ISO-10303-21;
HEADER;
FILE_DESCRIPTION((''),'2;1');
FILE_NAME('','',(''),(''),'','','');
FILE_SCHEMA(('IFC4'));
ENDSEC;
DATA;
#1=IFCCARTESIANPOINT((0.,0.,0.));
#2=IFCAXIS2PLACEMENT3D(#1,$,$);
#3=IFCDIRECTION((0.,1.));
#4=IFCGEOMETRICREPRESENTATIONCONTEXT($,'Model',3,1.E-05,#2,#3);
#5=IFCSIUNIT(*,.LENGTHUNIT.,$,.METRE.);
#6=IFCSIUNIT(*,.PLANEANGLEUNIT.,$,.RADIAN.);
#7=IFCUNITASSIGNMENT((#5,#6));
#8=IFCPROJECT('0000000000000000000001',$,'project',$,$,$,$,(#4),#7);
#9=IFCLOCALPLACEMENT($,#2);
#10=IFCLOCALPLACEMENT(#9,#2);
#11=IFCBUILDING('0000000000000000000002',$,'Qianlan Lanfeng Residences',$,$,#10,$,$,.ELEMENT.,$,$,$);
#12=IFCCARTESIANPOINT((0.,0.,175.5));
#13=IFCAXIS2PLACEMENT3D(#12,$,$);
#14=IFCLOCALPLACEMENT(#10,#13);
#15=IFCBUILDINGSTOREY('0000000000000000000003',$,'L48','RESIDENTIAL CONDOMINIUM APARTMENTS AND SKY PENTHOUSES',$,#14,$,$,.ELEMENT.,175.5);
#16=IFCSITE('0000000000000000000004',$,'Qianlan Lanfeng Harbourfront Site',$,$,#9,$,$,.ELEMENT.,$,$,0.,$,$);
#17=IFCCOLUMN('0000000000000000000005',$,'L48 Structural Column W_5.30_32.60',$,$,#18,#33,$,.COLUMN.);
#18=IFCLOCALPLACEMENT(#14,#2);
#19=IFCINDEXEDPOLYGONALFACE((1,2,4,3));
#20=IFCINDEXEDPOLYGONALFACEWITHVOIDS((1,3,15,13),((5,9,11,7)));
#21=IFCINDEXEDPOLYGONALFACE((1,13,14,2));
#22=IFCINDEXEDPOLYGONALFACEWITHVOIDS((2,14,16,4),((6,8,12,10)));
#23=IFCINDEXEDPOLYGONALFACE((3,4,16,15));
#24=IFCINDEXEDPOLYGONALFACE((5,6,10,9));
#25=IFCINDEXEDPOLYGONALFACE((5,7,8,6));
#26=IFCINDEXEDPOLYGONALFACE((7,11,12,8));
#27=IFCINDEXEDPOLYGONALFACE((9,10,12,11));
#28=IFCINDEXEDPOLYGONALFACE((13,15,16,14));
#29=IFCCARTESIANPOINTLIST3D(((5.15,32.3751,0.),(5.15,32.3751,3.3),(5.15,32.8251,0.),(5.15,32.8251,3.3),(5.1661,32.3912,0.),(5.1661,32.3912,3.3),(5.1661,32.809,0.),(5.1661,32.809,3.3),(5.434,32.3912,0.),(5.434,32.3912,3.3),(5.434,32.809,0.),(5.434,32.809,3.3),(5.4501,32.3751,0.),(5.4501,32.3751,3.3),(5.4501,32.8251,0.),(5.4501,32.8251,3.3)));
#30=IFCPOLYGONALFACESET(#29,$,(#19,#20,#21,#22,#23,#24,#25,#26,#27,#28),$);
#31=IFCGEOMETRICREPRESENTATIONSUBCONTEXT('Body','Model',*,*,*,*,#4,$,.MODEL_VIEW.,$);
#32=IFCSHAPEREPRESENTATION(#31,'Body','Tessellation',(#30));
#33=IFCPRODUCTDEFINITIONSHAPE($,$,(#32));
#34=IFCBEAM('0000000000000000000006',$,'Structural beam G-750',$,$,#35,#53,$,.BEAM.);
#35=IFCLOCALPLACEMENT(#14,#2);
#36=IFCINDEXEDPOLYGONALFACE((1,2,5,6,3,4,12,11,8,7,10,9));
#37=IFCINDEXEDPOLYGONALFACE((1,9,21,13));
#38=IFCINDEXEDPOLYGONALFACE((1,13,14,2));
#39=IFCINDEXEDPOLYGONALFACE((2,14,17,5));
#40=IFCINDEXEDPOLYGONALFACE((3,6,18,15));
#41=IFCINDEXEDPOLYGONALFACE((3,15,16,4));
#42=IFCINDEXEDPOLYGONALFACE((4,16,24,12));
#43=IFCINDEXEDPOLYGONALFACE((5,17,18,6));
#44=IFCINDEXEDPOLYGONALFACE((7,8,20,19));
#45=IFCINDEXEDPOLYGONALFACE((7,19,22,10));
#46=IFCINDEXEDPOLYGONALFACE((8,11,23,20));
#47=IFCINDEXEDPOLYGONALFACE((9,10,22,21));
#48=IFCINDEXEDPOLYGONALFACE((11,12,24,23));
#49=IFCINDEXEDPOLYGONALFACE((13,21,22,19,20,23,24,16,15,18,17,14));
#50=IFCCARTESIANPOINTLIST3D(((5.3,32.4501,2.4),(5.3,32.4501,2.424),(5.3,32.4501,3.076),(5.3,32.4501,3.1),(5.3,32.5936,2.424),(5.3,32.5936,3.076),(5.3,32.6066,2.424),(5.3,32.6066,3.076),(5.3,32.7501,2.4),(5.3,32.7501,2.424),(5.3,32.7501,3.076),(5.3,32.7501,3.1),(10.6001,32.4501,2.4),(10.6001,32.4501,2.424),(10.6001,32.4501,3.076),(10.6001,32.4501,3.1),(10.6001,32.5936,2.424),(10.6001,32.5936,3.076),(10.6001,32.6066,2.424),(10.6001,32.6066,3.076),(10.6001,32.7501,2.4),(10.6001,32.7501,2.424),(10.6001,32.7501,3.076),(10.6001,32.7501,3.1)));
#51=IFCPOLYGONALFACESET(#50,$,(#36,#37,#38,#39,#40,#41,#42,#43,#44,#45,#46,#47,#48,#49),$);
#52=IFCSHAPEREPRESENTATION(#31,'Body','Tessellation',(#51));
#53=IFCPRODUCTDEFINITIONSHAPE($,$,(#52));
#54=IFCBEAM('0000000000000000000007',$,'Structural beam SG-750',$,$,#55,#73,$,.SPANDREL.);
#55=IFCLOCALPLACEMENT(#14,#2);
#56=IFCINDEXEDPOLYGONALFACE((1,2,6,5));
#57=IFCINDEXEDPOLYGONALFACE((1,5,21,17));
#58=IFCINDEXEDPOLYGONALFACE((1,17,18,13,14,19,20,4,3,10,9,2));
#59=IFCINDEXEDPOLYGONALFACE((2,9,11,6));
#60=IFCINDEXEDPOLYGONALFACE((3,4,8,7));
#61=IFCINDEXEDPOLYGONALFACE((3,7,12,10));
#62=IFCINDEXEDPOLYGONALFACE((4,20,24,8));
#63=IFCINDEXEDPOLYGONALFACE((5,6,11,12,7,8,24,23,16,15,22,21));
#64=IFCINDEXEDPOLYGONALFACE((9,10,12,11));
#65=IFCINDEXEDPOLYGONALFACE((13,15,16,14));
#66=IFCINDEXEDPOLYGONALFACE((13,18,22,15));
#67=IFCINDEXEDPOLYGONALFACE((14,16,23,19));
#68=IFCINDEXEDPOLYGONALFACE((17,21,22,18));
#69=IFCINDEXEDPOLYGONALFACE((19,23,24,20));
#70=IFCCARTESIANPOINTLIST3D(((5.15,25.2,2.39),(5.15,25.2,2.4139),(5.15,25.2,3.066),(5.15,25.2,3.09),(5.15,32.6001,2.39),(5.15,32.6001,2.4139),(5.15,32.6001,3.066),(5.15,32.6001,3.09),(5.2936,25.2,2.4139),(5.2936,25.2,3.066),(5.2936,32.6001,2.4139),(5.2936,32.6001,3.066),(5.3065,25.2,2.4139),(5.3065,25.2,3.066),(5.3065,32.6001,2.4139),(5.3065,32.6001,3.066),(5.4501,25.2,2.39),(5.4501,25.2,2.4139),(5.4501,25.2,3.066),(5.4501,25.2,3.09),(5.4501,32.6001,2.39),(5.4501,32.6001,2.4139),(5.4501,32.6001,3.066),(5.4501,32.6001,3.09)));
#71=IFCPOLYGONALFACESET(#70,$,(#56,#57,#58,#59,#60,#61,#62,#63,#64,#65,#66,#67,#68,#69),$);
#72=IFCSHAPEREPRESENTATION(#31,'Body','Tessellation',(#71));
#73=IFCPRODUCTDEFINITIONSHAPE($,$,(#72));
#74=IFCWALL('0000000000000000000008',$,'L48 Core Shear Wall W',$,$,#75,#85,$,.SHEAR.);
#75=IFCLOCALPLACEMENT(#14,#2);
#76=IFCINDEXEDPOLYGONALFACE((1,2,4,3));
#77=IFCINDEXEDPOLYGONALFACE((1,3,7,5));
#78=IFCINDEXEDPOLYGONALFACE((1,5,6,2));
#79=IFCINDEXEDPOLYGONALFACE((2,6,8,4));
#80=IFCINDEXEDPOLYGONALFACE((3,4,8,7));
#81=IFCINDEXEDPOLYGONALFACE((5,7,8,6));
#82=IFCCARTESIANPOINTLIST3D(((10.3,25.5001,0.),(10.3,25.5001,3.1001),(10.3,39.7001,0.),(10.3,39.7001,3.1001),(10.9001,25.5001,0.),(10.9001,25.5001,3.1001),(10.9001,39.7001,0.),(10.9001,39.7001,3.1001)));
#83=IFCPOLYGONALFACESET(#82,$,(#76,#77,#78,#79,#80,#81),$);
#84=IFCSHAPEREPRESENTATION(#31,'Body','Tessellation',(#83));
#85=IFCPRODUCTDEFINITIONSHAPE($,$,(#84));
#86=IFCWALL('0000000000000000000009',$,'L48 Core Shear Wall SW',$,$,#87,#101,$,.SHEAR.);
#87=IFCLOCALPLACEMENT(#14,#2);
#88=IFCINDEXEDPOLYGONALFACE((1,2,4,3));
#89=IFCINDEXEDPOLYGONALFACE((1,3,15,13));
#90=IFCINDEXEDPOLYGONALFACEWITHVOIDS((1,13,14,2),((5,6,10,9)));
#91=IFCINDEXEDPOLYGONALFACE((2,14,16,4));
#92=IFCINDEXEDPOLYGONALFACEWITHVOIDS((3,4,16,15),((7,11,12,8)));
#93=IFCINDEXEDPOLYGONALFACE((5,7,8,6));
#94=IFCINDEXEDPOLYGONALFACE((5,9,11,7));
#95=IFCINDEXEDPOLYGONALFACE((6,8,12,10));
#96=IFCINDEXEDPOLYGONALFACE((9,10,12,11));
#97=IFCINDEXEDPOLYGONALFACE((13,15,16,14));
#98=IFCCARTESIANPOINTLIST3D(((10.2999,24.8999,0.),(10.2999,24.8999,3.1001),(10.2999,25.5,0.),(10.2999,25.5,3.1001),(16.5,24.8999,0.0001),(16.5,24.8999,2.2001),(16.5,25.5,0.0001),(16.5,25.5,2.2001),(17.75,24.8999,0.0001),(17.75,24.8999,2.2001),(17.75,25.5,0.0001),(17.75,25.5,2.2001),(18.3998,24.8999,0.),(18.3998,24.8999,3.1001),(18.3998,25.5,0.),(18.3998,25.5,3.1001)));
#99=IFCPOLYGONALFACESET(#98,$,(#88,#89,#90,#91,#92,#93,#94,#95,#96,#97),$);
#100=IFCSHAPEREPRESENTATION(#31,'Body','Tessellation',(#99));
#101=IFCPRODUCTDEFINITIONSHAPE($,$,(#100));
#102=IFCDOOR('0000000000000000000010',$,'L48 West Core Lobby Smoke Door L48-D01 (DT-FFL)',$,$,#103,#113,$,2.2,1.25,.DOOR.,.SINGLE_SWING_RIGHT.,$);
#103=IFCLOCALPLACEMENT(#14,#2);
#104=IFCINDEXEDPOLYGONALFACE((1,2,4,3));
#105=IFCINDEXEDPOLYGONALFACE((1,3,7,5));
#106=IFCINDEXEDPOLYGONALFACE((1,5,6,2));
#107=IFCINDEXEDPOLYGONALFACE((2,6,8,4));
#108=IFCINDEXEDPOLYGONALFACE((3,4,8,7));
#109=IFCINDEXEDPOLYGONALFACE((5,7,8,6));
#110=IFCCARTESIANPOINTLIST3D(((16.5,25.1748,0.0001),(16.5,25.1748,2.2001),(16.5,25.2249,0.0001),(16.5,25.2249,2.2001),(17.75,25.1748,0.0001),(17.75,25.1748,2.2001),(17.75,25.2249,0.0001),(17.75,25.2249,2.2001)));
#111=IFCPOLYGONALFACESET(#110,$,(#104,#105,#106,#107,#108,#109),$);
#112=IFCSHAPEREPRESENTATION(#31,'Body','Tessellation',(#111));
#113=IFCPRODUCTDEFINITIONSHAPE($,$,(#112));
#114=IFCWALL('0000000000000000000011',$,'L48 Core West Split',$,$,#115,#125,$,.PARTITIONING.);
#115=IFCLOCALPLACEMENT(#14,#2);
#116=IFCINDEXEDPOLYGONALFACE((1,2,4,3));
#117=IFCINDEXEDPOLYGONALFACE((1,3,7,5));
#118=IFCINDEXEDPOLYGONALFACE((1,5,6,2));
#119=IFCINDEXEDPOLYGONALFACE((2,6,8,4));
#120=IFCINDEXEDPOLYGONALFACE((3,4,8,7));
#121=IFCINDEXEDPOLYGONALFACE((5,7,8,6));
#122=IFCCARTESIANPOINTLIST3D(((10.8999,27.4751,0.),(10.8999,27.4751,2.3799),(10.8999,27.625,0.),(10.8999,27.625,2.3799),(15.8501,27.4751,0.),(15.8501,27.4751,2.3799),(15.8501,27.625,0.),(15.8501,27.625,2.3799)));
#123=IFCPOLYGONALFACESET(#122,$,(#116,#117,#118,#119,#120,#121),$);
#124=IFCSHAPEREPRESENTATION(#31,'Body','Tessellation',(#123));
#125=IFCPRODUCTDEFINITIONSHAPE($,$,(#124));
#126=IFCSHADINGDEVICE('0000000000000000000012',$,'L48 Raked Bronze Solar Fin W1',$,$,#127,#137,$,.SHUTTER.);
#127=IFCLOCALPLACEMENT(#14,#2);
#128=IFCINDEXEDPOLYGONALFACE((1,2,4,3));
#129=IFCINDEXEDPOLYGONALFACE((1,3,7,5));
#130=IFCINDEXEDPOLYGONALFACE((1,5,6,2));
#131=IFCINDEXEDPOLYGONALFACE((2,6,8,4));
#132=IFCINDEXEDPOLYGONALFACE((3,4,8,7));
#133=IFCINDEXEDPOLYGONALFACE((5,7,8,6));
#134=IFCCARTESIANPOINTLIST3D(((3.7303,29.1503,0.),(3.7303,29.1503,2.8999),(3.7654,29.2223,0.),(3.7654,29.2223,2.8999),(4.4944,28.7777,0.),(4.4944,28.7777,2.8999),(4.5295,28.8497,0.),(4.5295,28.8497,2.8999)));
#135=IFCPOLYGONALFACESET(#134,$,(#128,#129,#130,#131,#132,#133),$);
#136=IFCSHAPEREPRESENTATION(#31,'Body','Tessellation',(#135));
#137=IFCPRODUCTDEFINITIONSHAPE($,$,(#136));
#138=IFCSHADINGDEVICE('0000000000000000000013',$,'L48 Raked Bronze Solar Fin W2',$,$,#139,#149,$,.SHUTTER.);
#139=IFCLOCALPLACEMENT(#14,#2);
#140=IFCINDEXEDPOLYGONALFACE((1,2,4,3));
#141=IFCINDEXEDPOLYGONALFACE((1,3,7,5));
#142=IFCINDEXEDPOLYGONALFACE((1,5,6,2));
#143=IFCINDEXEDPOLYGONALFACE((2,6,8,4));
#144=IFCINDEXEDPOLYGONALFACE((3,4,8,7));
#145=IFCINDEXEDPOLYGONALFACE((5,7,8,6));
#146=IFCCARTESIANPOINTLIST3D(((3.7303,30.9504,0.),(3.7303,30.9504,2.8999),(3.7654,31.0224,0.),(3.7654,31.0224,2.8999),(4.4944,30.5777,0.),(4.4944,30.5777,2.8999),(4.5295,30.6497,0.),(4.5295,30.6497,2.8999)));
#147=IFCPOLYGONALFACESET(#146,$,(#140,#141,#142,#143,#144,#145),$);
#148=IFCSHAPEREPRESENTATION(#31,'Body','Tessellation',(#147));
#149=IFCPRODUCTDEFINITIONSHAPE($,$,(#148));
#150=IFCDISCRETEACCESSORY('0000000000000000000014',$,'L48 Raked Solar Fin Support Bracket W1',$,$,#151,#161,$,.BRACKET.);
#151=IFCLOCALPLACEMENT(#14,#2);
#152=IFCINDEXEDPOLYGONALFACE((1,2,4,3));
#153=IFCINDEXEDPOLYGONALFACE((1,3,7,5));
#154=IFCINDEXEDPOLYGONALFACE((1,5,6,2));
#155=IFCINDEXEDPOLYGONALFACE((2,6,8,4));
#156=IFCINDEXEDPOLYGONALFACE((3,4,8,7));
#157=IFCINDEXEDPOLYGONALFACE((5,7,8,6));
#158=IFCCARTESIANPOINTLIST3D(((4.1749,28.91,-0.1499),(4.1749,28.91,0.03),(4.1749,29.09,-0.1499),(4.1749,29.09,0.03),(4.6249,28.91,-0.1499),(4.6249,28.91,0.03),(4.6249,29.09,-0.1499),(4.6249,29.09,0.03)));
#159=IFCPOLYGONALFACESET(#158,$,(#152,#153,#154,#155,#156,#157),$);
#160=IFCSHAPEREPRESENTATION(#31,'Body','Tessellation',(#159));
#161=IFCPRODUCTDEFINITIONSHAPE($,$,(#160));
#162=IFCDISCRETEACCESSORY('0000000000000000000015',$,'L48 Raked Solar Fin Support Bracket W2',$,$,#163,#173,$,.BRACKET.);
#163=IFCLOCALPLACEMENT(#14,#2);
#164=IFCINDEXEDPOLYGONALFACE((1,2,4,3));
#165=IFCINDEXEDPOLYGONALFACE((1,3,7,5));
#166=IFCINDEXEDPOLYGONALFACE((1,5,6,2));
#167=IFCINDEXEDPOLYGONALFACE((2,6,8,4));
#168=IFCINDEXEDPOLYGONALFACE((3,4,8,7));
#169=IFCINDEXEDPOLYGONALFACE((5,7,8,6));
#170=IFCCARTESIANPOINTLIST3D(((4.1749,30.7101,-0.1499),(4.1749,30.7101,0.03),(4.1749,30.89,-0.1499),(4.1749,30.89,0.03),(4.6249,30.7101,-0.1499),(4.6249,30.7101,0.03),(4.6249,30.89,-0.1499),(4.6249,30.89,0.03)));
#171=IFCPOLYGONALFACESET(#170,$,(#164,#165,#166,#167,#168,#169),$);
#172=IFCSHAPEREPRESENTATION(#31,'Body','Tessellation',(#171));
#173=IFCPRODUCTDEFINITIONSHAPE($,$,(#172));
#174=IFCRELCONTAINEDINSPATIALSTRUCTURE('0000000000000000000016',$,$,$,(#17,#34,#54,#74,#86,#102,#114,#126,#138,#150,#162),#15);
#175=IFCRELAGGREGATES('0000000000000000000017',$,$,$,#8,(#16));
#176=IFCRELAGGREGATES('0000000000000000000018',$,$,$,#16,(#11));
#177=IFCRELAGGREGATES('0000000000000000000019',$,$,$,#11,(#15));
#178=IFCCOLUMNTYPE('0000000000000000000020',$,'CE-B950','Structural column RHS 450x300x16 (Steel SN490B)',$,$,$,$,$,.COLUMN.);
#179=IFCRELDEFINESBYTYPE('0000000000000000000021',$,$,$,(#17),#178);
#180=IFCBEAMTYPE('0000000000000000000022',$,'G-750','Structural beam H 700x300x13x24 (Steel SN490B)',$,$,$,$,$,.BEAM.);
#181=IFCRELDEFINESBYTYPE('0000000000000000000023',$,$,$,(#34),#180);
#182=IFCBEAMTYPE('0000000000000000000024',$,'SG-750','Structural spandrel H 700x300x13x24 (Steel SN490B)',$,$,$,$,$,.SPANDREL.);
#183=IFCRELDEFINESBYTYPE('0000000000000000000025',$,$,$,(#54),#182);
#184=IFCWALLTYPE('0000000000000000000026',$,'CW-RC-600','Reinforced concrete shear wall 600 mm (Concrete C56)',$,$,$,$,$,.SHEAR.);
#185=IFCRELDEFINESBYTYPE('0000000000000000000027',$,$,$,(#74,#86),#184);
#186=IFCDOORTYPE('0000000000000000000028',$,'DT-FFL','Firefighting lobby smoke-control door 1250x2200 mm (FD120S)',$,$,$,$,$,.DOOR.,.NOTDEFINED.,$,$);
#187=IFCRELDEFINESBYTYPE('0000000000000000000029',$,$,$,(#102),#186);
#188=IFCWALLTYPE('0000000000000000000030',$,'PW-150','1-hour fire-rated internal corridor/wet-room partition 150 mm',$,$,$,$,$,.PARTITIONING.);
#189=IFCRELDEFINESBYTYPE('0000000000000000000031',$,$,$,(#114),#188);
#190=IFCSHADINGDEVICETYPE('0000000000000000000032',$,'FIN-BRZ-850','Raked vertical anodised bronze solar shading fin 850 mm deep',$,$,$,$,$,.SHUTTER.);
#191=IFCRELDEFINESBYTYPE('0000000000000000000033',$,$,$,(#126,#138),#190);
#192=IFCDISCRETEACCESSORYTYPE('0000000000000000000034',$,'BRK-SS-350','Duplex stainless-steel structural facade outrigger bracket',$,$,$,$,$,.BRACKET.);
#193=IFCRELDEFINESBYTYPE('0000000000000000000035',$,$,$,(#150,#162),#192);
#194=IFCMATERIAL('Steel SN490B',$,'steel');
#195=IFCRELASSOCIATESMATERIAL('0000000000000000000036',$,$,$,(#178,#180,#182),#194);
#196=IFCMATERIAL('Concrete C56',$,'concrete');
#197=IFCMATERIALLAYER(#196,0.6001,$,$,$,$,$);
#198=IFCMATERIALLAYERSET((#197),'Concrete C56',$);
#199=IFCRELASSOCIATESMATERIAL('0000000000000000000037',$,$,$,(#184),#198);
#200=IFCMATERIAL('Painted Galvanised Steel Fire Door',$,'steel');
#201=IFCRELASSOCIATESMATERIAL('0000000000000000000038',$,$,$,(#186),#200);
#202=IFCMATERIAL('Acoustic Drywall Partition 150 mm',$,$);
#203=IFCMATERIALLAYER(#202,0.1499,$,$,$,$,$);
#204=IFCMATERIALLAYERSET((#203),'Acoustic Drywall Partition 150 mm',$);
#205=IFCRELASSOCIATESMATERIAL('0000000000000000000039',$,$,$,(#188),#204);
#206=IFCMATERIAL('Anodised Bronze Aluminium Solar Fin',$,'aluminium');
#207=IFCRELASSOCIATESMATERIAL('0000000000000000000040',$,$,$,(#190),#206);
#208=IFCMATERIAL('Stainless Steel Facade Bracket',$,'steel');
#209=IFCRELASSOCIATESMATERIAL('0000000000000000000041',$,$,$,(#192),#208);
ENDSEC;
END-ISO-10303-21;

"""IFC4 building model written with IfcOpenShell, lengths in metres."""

from ifc_helpers import new_model, si_unit, direction, frame, frame_2d, origin, origin_2d, place, context, subcontext, project, spatial, rectangle, hollow_rectangle, i_section, extrude, source, transform, mapped, material, layer, layer_set, material_profile, profile_set, type_object, element, fill, save


model = new_model("IFC4")

# Units and contexts
model_context = context("Model", 3, precision=1e-05, world=origin(), true_north=direction((0.0, 1.0)))
body_context = subcontext(model_context, "Body", "Model", "MODEL_VIEW")
ifc_project = project(units=[si_unit("LENGTHUNIT", "METRE"), si_unit("PLANEANGLEUNIT", "RADIAN")], contexts=[model_context])

# Site, building, storey
site_placement = place(None, origin())
site = spatial("IfcSite", under=ifc_project, at=site_placement, Name="Qianlan Lanfeng Harbourfront Site", CompositionType="ELEMENT", RefElevation=0.0)
building_placement = place(site_placement, origin())
building = spatial("IfcBuilding", under=site, at=building_placement, Name="Qianlan Lanfeng Residences", CompositionType="ELEMENT")
storey_placement = place(building_placement, frame((0.0, 0.0, 175.5)))
storey = spatial("IfcBuildingStorey", under=building, at=storey_placement, Name="L48", Description="RESIDENTIAL CONDOMINIUM APARTMENTS AND SKY PENTHOUSES", CompositionType="ELEMENT", Elevation=175.5)

# Column
ifc_material_1 = material(Name="Steel SN490B", Category="steel")
ifc_material_profile_1 = material_profile(ifc_material_1, hollow_rectangle(XDim=0.3, YDim=0.45, WallThickness=0.0161, at=origin_2d()), Name="RHS 450x300x16")
ifc_profile_set_1 = profile_set([ifc_material_profile_1], Name="Steel SN490B")
column_type = type_object("IfcColumnType", Name="CE-B950", Description="Structural column RHS 450x300x16 (Steel SN490B)", PredefinedType="COLUMN", material=ifc_profile_set_1)
column_placement = place(storey_placement, frame((5.3, 32.6001, 0.0), z_axis=(0.0, 0.0, 1.0), x_axis=(1.0, 0.0, 0.0)))
element("IfcColumn", 1, at=column_placement, inside=storey, type_object=column_type, Name="L48 Structural Column W_5.30_32.60", PredefinedType="COLUMN", context=body_context, shape_type="SweptSolid", body=[
    extrude(hollow_rectangle(XDim=0.3, YDim=0.45, WallThickness=0.0161, at=origin_2d()), origin(), (0.0, 0.0, 1.0), 3.3),
])

# Beams
ifc_material_profile_2 = material_profile(ifc_material_1, i_section(OverallWidth=0.3, OverallDepth=0.7, WebThickness=0.0129, FlangeThickness=0.0239, at=origin_2d()), Name="H 700x300x13x24")
ifc_profile_set_2 = profile_set([ifc_material_profile_2], Name="Steel SN490B")
beam_type_1 = type_object("IfcBeamType", Name="G-750", Description="Structural beam H 700x300x13x24 (Steel SN490B)", PredefinedType="BEAM", material=ifc_profile_set_2)
beam_1_placement = place(storey_placement, frame((5.3, 32.6001, 2.75), z_axis=(1.0, 0.0, 0.0), x_axis=(0.0, 1.0, 0.0)))
element("IfcBeam", 2, at=beam_1_placement, inside=storey, type_object=beam_type_1, Name="Structural beam G-750", PredefinedType="BEAM", context=body_context, shape_type="SweptSolid", body=[
    extrude(i_section(OverallWidth=0.3, OverallDepth=0.7, WebThickness=0.0129, FlangeThickness=0.0239, at=origin_2d()), origin(), (0.0, 0.0, 1.0), 5.3),
])
ifc_material_profile_3 = material_profile(ifc_material_1, i_section(OverallWidth=0.3, OverallDepth=0.7, WebThickness=0.0129, FlangeThickness=0.0239, at=origin_2d()), Name="H 700x300x13x24")
ifc_profile_set_3 = profile_set([ifc_material_profile_3], Name="Steel SN490B")
beam_type_2 = type_object("IfcBeamType", Name="SG-750", Description="Structural spandrel H 700x300x13x24 (Steel SN490B)", PredefinedType="SPANDREL", material=ifc_profile_set_3)
beam_2_placement = place(storey_placement, frame((5.3, 25.2, 2.74), z_axis=(0.0, 1.0, 0.0), x_axis=(-1.0, 0.0, 0.0)))
element("IfcBeam", 3, at=beam_2_placement, inside=storey, type_object=beam_type_2, Name="Structural beam SG-750", PredefinedType="SPANDREL", context=body_context, shape_type="SweptSolid", body=[
    extrude(i_section(OverallWidth=0.3, OverallDepth=0.7, WebThickness=0.0129, FlangeThickness=0.0239, at=origin_2d()), origin(), (0.0, 0.0, 1.0), 7.4001),
])

# Wall
ifc_material_2 = material(Name="Concrete C56", Category="concrete")
ifc_layer_1 = layer(ifc_material_2, 0.6001)
ifc_layer_set_1 = layer_set([ifc_layer_1], Name="Concrete C56")
wall_type_1 = type_object("IfcWallType", Name="CW-RC-600", Description="Reinforced concrete shear wall 600 mm (Concrete C56)", PredefinedType="SHEAR", material=ifc_layer_set_1)
wall_1_placement = place(storey_placement, frame((10.6001, 25.5, 0.0), z_axis=(0.0, 0.0, 1.0), x_axis=(0.0, 1.0, 0.0)))
element("IfcWall", 4, at=wall_1_placement, inside=storey, type_object=wall_type_1, Name="L48 Core Shear Wall W", PredefinedType="SHEAR", context=body_context, shape_type="SweptSolid", body=[
    extrude(rectangle(XDim=14.2, YDim=0.6001, at=frame_2d((7.1001, 0.0))), origin(), (0.0, 0.0, 1.0), 3.1001),
])

# Wall, opening, door
wall_2_placement = place(storey_placement, frame((10.3, 25.2, 0.0), z_axis=(0.0, 0.0, 1.0), x_axis=(1.0, 0.0, 0.0)))
wall_2 = element("IfcWall", 5, at=wall_2_placement, inside=storey, type_object=wall_type_1, Name="L48 Core Shear Wall SW", PredefinedType="SHEAR", context=body_context, shape_type="SweptSolid", body=[
    extrude(rectangle(XDim=8.0999, YDim=0.6001, at=frame_2d((4.0498, 0.0))), origin(), (0.0, 0.0, 1.0), 3.1001),
])
opening_placement = place(wall_2_placement, frame((6.2, 0.0, 0.0)))
opening = element("IfcOpeningElement", 6, at=opening_placement, cuts=wall_2, PredefinedType="OPENING", context=body_context, shape_type="SweptSolid", body=[
    extrude(rectangle(XDim=1.25, YDim=2.2, at=frame_2d((0.625, 1.1001))), frame((0.0, 0.3101, 0.0), z_axis=(0.0, -1.0, 0.0), x_axis=(1.0, 0.0, 0.0)), (0.0, 0.0, 1.0), 0.6201),
])
ifc_material_3 = material(Name="Painted Galvanised Steel Fire Door", Category="steel")
door_type = type_object("IfcDoorType", Name="DT-FFL", Description="Firefighting lobby smoke-control door 1250x2200 mm (FD120S)", OperationType="NOTDEFINED", PredefinedType="DOOR", material=ifc_material_3)
door_placement = place(opening_placement, origin())
door = element("IfcDoor", 7, at=door_placement, inside=storey, type_object=door_type, Name="L48 West Core Lobby Smoke Door L48-D01 (DT-FFL)", OperationType="SINGLE_SWING_RIGHT", OverallHeight=2.2, OverallWidth=1.25, PredefinedType="DOOR", context=body_context, shape_type="SweptSolid", body=[
    extrude(rectangle(XDim=1.25, YDim=2.2, at=frame_2d((0.625, 1.1001))), frame((0.0, 0.0249, 0.0), z_axis=(0.0, -1.0, 0.0), x_axis=(1.0, 0.0, 0.0)), (0.0, 0.0, 1.0), 0.05),
])
fill(opening, door)

# Wall
ifc_material_4 = material(Name="Acoustic Drywall Partition 150 mm")
ifc_layer_2 = layer(ifc_material_4, 0.1499)
ifc_layer_set_2 = layer_set([ifc_layer_2], Name="Acoustic Drywall Partition 150 mm")
wall_type_2 = type_object("IfcWallType", Name="PW-150", Description="1-hour fire-rated internal corridor/wet-room partition 150 mm", PredefinedType="PARTITIONING", material=ifc_layer_set_2)
wall_3_placement = place(storey_placement, frame((10.8999, 27.55, 0.0), z_axis=(0.0, 0.0, 1.0), x_axis=(1.0, 0.0, 0.0)))
element("IfcWall", 8, at=wall_3_placement, inside=storey, type_object=wall_type_2, Name="L48 Core West Split", PredefinedType="PARTITIONING", context=body_context, shape_type="SweptSolid", body=[
    extrude(rectangle(XDim=4.9502, YDim=0.1499, at=frame_2d((2.4751, 0.0))), origin(), (0.0, 0.0, 1.0), 2.3799),
])

# Shading devices
ifc_material_5 = material(Name="Anodised Bronze Aluminium Solar Fin", Category="aluminium")
shading_device_type = type_object("IfcShadingDeviceType", Name="FIN-BRZ-850", Description="Raked vertical anodised bronze solar shading fin 850 mm deep", PredefinedType="SHUTTER", material=ifc_material_5)
shared_shape_1 = source(origin(), body_context, "Body", "SweptSolid", [
    extrude(rectangle(XDim=0.8501, YDim=0.0801, at=origin_2d()), origin(), (0.0, 0.0, 1.0), 2.8999),
])
for number, where, z_axis, x_axis, name in (
    (9, (4.1299, 29.0, 0.0), (0.0, 0.0, 1.0), (0.898794, -0.438371, 0.0), "L48 Raked Bronze Solar Fin W1"),
    (10, (4.1299, 30.8, 0.0), (0.0, 0.0, 1.0), (0.898794, -0.438371, 0.0), "L48 Raked Bronze Solar Fin W2"),
):
    element("IfcShadingDevice", number, at=place(storey_placement, frame(where, z_axis=z_axis, x_axis=x_axis)), inside=storey, type_object=shading_device_type, Name=name, PredefinedType="SHUTTER", context=body_context, shape_type="MappedRepresentation", body=[
        mapped(shared_shape_1, transform((0.0, 0.0, 0.0), scale=1.0)),
    ])

# Discrete accessories
ifc_material_6 = material(Name="Stainless Steel Facade Bracket", Category="steel")
discrete_accessory_type = type_object("IfcDiscreteAccessoryType", Name="BRK-SS-350", Description="Duplex stainless-steel structural facade outrigger bracket", PredefinedType="BRACKET", material=ifc_material_6)
shared_shape_2 = source(origin(), body_context, "Body", "SweptSolid", [
    extrude(rectangle(XDim=0.45, YDim=0.1799, at=origin_2d()), origin(), (0.0, 0.0, 1.0), 0.1799),
])
for number, where, z_axis, x_axis, name in (
    (11, (4.3999, 29.0, -0.1499), (0.0, 0.0, 1.0), (1.0, 0.0, 0.0), "L48 Raked Solar Fin Support Bracket W1"),
    (12, (4.3999, 30.8, -0.1499), (0.0, 0.0, 1.0), (1.0, 0.0, 0.0), "L48 Raked Solar Fin Support Bracket W2"),
):
    element("IfcDiscreteAccessory", number, at=place(storey_placement, frame(where, z_axis=z_axis, x_axis=x_axis)), inside=storey, type_object=discrete_accessory_type, Name=name, PredefinedType="BRACKET", context=body_context, shape_type="MappedRepresentation", body=[
        mapped(shared_shape_2, transform((0.0, 0.0, 0.0), scale=1.0)),
    ])

save(model, "model.ifc")
